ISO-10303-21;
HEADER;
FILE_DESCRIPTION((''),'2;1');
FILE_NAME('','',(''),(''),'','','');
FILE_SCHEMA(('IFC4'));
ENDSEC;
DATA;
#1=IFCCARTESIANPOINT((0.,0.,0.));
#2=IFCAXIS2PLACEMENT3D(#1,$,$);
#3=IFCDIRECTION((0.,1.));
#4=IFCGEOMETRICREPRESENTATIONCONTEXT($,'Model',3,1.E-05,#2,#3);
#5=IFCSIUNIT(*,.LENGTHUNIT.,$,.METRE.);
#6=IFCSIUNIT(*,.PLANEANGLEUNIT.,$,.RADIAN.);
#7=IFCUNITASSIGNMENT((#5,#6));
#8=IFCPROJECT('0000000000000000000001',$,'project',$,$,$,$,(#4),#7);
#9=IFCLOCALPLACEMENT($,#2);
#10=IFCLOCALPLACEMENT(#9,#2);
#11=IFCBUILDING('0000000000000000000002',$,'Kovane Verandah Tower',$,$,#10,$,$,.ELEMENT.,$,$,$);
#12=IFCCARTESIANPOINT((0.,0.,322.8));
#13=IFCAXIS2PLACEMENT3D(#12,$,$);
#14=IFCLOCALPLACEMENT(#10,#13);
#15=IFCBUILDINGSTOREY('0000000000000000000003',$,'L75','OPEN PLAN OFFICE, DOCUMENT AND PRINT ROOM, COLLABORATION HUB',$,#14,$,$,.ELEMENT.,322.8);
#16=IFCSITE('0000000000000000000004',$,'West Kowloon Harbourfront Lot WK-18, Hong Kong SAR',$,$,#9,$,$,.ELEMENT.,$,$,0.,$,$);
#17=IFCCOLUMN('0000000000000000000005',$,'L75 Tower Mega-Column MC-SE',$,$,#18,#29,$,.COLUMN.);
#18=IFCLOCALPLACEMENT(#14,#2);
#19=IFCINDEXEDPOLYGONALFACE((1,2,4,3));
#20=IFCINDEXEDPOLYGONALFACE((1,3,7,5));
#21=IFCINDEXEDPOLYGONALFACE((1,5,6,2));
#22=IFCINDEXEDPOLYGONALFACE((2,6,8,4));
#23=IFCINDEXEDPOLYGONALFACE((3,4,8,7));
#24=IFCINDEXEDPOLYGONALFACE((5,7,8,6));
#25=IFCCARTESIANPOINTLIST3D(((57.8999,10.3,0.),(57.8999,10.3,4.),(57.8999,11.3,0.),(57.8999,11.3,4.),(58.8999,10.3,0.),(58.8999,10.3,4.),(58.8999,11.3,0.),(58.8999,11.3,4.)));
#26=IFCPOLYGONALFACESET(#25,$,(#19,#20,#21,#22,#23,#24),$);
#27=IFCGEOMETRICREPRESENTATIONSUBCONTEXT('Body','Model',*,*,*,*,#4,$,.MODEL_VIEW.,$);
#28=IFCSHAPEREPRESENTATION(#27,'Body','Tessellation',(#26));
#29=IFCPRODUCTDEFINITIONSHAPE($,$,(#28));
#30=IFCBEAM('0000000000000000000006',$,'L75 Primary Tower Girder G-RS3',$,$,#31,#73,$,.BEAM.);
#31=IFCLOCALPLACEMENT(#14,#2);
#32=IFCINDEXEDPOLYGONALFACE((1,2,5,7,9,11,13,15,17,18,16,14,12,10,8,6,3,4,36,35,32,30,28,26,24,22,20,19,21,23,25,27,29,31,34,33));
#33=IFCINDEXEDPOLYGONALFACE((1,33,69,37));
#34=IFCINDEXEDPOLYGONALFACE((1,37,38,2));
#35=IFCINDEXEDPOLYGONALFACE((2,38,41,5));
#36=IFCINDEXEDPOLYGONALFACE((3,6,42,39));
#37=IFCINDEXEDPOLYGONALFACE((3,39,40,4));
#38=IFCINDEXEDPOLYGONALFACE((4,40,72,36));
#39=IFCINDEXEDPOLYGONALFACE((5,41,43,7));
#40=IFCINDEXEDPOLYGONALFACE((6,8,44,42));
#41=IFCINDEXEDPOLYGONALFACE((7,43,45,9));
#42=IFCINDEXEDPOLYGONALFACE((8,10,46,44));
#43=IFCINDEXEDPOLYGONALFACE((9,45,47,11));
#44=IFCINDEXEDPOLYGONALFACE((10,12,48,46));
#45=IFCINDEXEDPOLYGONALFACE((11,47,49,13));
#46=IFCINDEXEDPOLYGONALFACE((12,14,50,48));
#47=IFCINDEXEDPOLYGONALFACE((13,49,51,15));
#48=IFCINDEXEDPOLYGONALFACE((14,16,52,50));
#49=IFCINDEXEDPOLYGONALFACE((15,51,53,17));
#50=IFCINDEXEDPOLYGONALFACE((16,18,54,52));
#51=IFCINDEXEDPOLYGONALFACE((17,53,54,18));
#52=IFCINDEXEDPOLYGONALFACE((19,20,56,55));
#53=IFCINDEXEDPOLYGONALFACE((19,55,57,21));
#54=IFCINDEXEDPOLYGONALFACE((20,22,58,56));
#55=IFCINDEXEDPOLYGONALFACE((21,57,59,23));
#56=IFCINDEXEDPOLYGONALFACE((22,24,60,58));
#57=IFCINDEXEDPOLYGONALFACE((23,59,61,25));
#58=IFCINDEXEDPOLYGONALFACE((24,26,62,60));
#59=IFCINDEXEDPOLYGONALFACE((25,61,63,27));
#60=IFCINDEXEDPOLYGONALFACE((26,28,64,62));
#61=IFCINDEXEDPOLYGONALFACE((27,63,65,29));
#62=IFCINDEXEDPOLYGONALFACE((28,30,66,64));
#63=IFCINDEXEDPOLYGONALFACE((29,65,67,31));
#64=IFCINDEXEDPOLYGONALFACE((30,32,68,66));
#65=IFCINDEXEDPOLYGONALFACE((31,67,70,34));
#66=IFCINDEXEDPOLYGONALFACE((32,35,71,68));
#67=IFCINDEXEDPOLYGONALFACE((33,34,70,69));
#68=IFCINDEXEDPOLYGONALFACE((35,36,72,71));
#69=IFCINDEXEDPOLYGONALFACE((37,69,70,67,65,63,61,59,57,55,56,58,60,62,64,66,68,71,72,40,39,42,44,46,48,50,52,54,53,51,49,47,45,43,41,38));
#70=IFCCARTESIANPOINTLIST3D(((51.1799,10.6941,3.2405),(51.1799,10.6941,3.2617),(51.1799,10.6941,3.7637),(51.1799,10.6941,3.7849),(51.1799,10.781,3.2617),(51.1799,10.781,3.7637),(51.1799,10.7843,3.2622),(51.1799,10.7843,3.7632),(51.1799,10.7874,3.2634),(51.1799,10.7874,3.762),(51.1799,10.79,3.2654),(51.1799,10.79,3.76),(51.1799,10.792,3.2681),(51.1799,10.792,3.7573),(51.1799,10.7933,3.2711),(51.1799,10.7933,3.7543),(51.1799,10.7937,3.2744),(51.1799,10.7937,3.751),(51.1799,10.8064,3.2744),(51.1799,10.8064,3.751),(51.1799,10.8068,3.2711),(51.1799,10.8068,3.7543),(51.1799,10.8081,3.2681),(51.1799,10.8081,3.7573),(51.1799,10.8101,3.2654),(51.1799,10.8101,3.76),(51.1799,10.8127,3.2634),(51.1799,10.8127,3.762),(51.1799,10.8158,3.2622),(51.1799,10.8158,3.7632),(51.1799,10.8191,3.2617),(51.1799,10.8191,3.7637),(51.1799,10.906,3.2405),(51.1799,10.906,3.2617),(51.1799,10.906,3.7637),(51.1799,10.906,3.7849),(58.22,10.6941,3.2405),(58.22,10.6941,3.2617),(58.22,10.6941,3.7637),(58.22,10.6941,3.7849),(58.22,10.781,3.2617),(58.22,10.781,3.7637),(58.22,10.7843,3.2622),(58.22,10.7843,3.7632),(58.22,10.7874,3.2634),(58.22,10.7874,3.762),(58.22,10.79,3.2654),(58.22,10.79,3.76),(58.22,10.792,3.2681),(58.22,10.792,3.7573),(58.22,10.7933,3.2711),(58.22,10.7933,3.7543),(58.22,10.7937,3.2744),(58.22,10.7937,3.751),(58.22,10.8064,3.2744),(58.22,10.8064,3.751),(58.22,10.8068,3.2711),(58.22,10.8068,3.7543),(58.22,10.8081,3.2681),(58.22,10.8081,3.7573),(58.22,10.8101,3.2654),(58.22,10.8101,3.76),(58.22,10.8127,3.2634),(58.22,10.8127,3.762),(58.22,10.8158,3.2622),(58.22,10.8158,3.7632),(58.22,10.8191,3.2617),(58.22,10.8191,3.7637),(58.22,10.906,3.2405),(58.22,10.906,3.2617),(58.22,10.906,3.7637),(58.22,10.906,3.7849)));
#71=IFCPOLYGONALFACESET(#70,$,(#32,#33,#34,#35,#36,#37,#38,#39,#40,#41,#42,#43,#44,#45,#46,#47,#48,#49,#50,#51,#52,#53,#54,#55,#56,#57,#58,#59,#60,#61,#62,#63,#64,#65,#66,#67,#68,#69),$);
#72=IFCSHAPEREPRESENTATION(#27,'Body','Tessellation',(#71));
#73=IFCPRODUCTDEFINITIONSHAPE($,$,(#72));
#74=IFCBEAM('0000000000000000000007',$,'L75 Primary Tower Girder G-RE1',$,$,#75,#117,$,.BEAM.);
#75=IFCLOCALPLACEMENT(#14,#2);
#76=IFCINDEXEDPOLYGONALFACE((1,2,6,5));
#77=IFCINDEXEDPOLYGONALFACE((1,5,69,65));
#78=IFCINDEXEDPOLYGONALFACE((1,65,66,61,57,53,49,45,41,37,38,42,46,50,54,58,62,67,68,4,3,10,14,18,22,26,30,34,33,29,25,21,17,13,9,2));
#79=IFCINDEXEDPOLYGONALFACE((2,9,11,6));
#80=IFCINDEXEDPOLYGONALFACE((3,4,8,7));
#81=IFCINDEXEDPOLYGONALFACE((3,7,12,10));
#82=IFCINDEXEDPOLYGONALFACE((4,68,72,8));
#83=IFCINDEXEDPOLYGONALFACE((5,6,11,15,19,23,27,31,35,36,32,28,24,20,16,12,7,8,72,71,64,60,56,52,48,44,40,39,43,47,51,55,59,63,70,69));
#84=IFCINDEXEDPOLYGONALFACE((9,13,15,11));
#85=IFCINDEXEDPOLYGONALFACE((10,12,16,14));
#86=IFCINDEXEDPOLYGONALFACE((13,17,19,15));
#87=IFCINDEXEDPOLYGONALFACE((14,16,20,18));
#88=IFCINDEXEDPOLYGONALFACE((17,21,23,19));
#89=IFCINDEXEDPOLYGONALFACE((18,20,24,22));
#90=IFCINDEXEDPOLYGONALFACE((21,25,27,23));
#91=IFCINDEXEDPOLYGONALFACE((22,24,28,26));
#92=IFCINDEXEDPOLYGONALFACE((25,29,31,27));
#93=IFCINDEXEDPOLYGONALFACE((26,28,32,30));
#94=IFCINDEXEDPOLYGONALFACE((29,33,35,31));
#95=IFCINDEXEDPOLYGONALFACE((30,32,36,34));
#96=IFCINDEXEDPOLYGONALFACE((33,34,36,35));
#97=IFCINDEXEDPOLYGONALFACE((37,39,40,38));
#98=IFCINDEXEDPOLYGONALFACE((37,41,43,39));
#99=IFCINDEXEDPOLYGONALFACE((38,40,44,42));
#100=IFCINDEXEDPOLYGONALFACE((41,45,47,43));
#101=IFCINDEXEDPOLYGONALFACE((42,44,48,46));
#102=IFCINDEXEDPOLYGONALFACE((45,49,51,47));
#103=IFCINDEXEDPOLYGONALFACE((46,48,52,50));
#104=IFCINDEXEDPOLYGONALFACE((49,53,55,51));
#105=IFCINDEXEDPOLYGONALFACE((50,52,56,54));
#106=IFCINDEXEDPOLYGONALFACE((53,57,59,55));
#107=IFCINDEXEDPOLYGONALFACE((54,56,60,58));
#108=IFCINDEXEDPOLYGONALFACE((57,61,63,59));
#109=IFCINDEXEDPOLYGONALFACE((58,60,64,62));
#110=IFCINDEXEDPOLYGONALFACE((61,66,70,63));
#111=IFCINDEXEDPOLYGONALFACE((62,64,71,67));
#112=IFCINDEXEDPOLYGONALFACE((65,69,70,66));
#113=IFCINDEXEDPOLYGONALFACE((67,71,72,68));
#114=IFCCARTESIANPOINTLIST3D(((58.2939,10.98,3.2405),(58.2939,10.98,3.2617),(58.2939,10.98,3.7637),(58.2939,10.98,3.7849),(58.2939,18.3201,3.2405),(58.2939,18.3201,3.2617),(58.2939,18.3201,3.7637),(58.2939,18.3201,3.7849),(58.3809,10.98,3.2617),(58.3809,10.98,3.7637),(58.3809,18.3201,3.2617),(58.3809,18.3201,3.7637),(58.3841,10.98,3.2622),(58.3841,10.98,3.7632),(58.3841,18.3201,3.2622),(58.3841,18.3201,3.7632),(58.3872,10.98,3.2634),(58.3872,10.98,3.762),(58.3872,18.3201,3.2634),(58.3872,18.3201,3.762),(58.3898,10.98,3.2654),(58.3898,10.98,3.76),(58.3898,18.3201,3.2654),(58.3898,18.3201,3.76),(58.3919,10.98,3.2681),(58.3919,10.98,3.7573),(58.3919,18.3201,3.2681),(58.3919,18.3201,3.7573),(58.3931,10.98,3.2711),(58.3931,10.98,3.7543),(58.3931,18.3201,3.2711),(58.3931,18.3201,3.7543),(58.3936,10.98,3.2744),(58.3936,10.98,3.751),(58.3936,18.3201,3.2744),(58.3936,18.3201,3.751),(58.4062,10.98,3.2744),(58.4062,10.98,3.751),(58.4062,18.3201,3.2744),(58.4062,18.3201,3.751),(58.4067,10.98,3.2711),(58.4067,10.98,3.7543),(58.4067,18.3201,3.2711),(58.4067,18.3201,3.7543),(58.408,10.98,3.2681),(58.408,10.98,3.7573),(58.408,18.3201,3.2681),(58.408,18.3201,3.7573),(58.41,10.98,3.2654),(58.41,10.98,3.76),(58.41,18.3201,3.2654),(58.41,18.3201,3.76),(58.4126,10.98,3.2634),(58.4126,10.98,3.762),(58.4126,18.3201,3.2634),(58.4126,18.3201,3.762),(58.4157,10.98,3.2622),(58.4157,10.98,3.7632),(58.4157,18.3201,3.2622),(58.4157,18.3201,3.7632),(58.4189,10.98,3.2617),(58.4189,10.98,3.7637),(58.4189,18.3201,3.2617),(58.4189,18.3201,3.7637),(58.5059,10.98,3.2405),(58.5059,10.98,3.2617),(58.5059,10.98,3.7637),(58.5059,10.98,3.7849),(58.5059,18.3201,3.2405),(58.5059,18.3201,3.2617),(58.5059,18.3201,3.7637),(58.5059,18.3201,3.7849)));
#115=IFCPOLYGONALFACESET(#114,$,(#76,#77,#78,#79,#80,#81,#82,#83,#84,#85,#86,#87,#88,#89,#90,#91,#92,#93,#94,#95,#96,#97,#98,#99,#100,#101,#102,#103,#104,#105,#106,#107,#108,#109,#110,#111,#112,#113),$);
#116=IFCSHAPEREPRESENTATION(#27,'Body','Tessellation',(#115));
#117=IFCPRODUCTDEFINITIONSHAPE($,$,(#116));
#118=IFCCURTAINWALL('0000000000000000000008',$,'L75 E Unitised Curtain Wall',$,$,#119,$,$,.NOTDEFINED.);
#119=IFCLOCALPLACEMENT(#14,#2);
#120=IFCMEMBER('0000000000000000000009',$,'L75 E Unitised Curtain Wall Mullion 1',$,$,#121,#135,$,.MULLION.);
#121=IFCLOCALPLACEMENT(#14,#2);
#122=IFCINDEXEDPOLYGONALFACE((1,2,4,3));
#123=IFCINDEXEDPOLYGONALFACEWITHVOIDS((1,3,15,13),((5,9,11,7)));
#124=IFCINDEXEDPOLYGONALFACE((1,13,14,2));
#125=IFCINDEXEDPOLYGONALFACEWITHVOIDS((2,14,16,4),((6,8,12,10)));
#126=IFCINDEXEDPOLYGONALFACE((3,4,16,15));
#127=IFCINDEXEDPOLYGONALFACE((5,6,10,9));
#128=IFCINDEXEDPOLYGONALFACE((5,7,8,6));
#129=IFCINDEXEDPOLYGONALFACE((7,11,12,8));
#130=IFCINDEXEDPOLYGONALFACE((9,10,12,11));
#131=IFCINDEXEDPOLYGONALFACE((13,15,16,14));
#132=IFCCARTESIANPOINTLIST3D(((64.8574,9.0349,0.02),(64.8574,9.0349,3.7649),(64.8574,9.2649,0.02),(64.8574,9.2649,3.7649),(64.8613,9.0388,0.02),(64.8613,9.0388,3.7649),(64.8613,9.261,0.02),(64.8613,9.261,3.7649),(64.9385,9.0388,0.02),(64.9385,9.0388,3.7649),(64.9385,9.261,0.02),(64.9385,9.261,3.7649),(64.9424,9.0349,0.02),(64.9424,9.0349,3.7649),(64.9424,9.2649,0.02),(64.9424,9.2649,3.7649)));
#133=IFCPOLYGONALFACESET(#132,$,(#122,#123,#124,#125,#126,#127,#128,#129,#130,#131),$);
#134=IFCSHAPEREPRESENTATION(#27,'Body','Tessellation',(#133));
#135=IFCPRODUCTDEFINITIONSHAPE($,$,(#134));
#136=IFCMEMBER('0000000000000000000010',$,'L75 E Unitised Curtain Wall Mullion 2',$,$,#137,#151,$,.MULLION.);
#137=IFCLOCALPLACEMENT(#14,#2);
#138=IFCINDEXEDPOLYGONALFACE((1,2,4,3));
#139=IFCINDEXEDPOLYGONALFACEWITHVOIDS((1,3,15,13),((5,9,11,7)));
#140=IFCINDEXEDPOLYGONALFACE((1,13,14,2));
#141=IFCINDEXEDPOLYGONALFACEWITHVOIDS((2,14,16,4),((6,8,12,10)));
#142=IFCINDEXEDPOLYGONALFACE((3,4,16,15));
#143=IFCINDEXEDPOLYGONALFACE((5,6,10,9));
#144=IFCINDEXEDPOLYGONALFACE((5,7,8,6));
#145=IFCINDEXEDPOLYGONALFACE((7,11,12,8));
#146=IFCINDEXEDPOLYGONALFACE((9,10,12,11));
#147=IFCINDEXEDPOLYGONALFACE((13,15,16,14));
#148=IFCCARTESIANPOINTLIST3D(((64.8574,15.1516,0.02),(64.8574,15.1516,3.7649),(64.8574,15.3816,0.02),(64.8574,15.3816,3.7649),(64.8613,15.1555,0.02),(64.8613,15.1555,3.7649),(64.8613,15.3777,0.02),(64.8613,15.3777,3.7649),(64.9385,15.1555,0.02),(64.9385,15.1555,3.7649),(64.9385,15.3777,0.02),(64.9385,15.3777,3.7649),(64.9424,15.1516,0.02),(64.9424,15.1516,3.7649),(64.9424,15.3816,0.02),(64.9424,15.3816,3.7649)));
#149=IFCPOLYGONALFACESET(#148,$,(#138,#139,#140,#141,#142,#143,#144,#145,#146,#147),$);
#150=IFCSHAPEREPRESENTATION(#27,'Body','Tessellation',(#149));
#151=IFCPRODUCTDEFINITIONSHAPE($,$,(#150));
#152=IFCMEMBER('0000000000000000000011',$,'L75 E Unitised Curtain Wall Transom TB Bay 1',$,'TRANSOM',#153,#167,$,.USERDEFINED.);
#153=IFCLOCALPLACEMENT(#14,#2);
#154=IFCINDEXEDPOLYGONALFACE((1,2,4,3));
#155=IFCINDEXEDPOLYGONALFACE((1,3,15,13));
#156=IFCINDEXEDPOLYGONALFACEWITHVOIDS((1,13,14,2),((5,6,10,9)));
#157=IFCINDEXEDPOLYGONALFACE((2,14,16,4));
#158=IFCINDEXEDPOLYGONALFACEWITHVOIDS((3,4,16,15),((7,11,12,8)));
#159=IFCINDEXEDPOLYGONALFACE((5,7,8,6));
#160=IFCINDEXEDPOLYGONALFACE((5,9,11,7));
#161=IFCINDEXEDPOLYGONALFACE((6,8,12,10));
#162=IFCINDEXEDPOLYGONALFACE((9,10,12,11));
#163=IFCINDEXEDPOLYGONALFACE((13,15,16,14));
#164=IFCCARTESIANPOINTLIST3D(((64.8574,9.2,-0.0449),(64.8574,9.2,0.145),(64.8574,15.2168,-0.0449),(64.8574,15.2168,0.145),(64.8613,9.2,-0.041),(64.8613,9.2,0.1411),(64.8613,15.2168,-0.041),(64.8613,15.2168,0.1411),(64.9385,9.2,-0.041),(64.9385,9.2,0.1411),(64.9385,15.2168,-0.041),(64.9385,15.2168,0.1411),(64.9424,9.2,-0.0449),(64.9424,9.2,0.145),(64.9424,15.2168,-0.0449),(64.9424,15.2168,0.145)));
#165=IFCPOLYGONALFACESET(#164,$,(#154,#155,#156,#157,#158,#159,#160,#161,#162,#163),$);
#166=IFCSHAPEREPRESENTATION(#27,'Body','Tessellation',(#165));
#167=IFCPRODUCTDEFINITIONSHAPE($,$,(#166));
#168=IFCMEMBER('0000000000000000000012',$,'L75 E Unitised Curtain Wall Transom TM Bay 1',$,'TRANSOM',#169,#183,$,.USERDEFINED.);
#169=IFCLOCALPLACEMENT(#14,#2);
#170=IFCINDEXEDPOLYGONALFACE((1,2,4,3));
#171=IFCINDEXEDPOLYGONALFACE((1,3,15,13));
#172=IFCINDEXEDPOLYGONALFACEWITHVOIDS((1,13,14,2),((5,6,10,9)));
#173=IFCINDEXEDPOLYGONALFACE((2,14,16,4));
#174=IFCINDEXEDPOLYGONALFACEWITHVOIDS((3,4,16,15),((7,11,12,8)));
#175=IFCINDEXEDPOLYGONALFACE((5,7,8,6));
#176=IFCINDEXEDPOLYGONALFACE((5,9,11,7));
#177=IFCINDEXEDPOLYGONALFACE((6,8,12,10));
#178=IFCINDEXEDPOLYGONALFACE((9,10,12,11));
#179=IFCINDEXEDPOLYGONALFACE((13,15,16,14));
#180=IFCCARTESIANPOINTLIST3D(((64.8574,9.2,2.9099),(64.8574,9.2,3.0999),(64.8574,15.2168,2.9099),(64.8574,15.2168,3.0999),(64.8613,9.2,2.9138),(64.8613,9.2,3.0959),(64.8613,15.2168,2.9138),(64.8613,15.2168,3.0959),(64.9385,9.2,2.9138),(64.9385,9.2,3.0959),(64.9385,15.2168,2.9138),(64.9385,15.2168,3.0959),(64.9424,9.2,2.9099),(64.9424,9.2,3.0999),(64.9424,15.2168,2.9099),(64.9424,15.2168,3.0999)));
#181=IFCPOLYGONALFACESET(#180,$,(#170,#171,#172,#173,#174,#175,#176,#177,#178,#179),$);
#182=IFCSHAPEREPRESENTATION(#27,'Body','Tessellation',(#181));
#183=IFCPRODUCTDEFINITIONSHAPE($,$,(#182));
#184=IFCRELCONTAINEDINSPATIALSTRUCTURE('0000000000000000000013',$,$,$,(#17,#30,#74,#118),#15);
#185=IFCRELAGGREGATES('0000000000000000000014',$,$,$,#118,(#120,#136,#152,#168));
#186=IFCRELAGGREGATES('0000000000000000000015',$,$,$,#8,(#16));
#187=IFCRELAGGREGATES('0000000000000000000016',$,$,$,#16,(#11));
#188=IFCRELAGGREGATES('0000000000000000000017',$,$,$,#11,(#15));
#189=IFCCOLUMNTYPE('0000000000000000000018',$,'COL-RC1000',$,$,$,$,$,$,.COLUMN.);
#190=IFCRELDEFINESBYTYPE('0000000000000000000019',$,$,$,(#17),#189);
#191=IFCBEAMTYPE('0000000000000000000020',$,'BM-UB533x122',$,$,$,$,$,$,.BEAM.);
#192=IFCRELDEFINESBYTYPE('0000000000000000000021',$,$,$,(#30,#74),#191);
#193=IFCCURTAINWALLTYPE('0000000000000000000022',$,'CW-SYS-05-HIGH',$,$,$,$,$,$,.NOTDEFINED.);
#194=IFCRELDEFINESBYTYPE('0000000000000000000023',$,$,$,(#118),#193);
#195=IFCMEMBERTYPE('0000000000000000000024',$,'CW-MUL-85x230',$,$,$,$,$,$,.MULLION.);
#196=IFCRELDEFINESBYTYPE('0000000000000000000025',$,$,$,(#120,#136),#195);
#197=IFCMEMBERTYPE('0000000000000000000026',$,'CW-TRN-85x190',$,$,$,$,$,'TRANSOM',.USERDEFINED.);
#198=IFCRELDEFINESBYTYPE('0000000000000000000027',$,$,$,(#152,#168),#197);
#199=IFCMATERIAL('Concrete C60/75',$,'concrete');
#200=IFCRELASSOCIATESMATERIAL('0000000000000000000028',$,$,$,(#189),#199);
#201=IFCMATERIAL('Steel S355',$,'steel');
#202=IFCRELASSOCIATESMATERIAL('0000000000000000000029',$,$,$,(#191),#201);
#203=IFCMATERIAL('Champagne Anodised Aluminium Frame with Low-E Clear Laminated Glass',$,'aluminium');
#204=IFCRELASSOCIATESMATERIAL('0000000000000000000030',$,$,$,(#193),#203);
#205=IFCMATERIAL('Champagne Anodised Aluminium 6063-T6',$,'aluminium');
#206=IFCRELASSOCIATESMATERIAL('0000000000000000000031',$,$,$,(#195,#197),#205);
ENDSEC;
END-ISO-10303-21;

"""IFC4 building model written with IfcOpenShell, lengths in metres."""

from ifc_helpers import new_model, si_unit, direction, frame, origin, origin_2d, place, context, subcontext, project, spatial, rectangle, hollow_rectangle, i_section, extrude, material, material_profile, profile_set, type_object, element, aggregate, save


model = new_model("IFC4")

# Units and contexts
model_context = context("Model", 3, precision=1e-05, world=origin(), true_north=direction((0.0, 1.0)))
body_context = subcontext(model_context, "Body", "Model", "MODEL_VIEW")
ifc_project = project(units=[si_unit("LENGTHUNIT", "METRE"), si_unit("PLANEANGLEUNIT", "RADIAN")], contexts=[model_context])

# Site, building, storey
site_placement = place(None, origin())
site = spatial("IfcSite", under=ifc_project, at=site_placement, Name="West Kowloon Harbourfront Lot WK-18, Hong Kong SAR", CompositionType="ELEMENT", RefElevation=0.0)
building_placement = place(site_placement, origin())
building = spatial("IfcBuilding", under=site, at=building_placement, Name="Kovane Verandah Tower", CompositionType="ELEMENT")
storey_placement = place(building_placement, frame((0.0, 0.0, 322.8)))
storey = spatial("IfcBuildingStorey", under=building, at=storey_placement, Name="L75", Description="OPEN PLAN OFFICE, DOCUMENT AND PRINT ROOM, COLLABORATION HUB", CompositionType="ELEMENT", Elevation=322.8)

# Column
ifc_material_1 = material(Name="Concrete C60/75", Category="concrete")
ifc_material_profile_1 = material_profile(ifc_material_1, rectangle(XDim=1.0, YDim=1.0, at=origin_2d()), Name="RC1000x1000")
ifc_profile_set_1 = profile_set([ifc_material_profile_1], Name="Concrete C60/75")
column_type = type_object("IfcColumnType", Name="COL-RC1000", PredefinedType="COLUMN", material=ifc_profile_set_1)
column_placement = place(storey_placement, frame((58.3999, 10.8, 0.0), z_axis=(0.0, 0.0, 1.0), x_axis=(1.0, 0.0, 0.0)))
element("IfcColumn", 1, at=column_placement, inside=storey, type_object=column_type, Name="L75 Tower Mega-Column MC-SE", PredefinedType="COLUMN", context=body_context, shape_type="SweptSolid", body=[
    extrude(rectangle(XDim=1.0, YDim=1.0, at=origin_2d()), origin(), (0.0, 0.0, 1.0), 4.0),
])

# Beams
ifc_material_2 = material(Name="Steel S355", Category="steel")
ifc_material_profile_2 = material_profile(ifc_material_2, i_section(OverallWidth=0.2119, OverallDepth=0.5444, WebThickness=0.0127, FlangeThickness=0.0212, FilletRadius=0.0127, at=origin_2d()), Name="UB533x210x122")
ifc_profile_set_2 = profile_set([ifc_material_profile_2], Name="Steel S355")
beam_type_1 = type_object("IfcBeamType", Name="BM-UB533x122", PredefinedType="BEAM", material=ifc_profile_set_2)
beam_1_placement = place(storey_placement, frame((51.1799, 10.8, 3.5127), z_axis=(1.0, 0.0, 0.0), x_axis=(0.0, 1.0, 0.0)))
element("IfcBeam", 2, at=beam_1_placement, inside=storey, type_object=beam_type_1, Name="L75 Primary Tower Girder G-RS3", PredefinedType="BEAM", context=body_context, shape_type="SweptSolid", body=[
    extrude(i_section(OverallWidth=0.2119, OverallDepth=0.5444, WebThickness=0.0127, FlangeThickness=0.0212, FilletRadius=0.0127, at=origin_2d()), origin(), (0.0, 0.0, 1.0), 7.04),
])
beam_2_placement = place(storey_placement, frame((58.3999, 10.98, 3.5127), z_axis=(0.0, 1.0, 0.0), x_axis=(-1.0, 0.0, 0.0)))
element("IfcBeam", 3, at=beam_2_placement, inside=storey, type_object=beam_type_1, Name="L75 Primary Tower Girder G-RE1", PredefinedType="BEAM", context=body_context, shape_type="SweptSolid", body=[
    extrude(i_section(OverallWidth=0.2119, OverallDepth=0.5444, WebThickness=0.0127, FlangeThickness=0.0212, FilletRadius=0.0127, at=origin_2d()), origin(), (0.0, 0.0, 1.0), 7.3401),
])

# Curtain wall, members
ifc_material_3 = material(Name="Champagne Anodised Aluminium Frame with Low-E Clear Laminated Glass", Category="aluminium")
curtain_wall_type = type_object("IfcCurtainWallType", Name="CW-SYS-05-HIGH", PredefinedType="NOTDEFINED", material=ifc_material_3)
curtain_wall_placement = place(storey_placement, origin())
curtain_wall = element("IfcCurtainWall", 4, at=curtain_wall_placement, inside=storey, type_object=curtain_wall_type, Name="L75 E Unitised Curtain Wall", PredefinedType="NOTDEFINED")
ifc_material_4 = material(Name="Champagne Anodised Aluminium 6063-T6", Category="aluminium")
ifc_material_profile_3 = material_profile(ifc_material_4, hollow_rectangle(XDim=0.085, YDim=0.23, WallThickness=0.0039, at=origin_2d()), Name="AL85x230x4")
ifc_profile_set_3 = profile_set([ifc_material_profile_3], Name="Champagne Anodised Aluminium 6063-T6")
member_type_1 = type_object("IfcMemberType", Name="CW-MUL-85x230", PredefinedType="MULLION", material=ifc_profile_set_3)
member_1_placement = place(storey_placement, frame((64.8999, 9.1499, 0.02), z_axis=(0.0, 0.0, 1.0), x_axis=(1.0, 0.0, 0.0)))
member_1 = element("IfcMember", 5, at=member_1_placement, type_object=member_type_1, Name="L75 E Unitised Curtain Wall Mullion 1", PredefinedType="MULLION", context=body_context, shape_type="SweptSolid", body=[
    extrude(hollow_rectangle(XDim=0.085, YDim=0.23, WallThickness=0.0039, at=origin_2d()), origin(), (0.0, 0.0, 1.0), 3.7449),
])
member_2_placement = place(storey_placement, frame((64.8999, 15.2666, 0.02), z_axis=(0.0, 0.0, 1.0), x_axis=(1.0, 0.0, 0.0)))
member_2 = element("IfcMember", 6, at=member_2_placement, type_object=member_type_1, Name="L75 E Unitised Curtain Wall Mullion 2", PredefinedType="MULLION", context=body_context, shape_type="SweptSolid", body=[
    extrude(hollow_rectangle(XDim=0.085, YDim=0.23, WallThickness=0.0039, at=origin_2d()), origin(), (0.0, 0.0, 1.0), 3.7449),
])
ifc_material_profile_4 = material_profile(ifc_material_4, hollow_rectangle(XDim=0.085, YDim=0.1899, WallThickness=0.0039, at=origin_2d()), Name="AL85x190x4")
ifc_profile_set_4 = profile_set([ifc_material_profile_4], Name="Champagne Anodised Aluminium 6063-T6")
member_type_2 = type_object("IfcMemberType", Name="CW-TRN-85x190", ElementType="TRANSOM", PredefinedType="USERDEFINED", material=ifc_profile_set_4)
member_3_placement = place(storey_placement, frame((64.8999, 9.2, 0.05), z_axis=(0.0, 1.0, 0.0), x_axis=(-1.0, 0.0, 0.0)))
member_3 = element("IfcMember", 7, at=member_3_placement, type_object=member_type_2, Name="L75 E Unitised Curtain Wall Transom TB Bay 1", ObjectType="TRANSOM", PredefinedType="USERDEFINED", context=body_context, shape_type="SweptSolid", body=[
    extrude(hollow_rectangle(XDim=0.085, YDim=0.1899, WallThickness=0.0039, at=origin_2d()), origin(), (0.0, 0.0, 1.0), 6.0168),
])
member_4_placement = place(storey_placement, frame((64.8999, 9.2, 3.0049), z_axis=(0.0, 1.0, 0.0), x_axis=(-1.0, 0.0, 0.0)))
member_4 = element("IfcMember", 8, at=member_4_placement, type_object=member_type_2, Name="L75 E Unitised Curtain Wall Transom TM Bay 1", ObjectType="TRANSOM", PredefinedType="USERDEFINED", context=body_context, shape_type="SweptSolid", body=[
    extrude(hollow_rectangle(XDim=0.085, YDim=0.1899, WallThickness=0.0039, at=origin_2d()), origin(), (0.0, 0.0, 1.0), 6.0168),
])

aggregate(curtain_wall, [member_1, member_2, member_3, member_4])

save(model, "model.ifc")
